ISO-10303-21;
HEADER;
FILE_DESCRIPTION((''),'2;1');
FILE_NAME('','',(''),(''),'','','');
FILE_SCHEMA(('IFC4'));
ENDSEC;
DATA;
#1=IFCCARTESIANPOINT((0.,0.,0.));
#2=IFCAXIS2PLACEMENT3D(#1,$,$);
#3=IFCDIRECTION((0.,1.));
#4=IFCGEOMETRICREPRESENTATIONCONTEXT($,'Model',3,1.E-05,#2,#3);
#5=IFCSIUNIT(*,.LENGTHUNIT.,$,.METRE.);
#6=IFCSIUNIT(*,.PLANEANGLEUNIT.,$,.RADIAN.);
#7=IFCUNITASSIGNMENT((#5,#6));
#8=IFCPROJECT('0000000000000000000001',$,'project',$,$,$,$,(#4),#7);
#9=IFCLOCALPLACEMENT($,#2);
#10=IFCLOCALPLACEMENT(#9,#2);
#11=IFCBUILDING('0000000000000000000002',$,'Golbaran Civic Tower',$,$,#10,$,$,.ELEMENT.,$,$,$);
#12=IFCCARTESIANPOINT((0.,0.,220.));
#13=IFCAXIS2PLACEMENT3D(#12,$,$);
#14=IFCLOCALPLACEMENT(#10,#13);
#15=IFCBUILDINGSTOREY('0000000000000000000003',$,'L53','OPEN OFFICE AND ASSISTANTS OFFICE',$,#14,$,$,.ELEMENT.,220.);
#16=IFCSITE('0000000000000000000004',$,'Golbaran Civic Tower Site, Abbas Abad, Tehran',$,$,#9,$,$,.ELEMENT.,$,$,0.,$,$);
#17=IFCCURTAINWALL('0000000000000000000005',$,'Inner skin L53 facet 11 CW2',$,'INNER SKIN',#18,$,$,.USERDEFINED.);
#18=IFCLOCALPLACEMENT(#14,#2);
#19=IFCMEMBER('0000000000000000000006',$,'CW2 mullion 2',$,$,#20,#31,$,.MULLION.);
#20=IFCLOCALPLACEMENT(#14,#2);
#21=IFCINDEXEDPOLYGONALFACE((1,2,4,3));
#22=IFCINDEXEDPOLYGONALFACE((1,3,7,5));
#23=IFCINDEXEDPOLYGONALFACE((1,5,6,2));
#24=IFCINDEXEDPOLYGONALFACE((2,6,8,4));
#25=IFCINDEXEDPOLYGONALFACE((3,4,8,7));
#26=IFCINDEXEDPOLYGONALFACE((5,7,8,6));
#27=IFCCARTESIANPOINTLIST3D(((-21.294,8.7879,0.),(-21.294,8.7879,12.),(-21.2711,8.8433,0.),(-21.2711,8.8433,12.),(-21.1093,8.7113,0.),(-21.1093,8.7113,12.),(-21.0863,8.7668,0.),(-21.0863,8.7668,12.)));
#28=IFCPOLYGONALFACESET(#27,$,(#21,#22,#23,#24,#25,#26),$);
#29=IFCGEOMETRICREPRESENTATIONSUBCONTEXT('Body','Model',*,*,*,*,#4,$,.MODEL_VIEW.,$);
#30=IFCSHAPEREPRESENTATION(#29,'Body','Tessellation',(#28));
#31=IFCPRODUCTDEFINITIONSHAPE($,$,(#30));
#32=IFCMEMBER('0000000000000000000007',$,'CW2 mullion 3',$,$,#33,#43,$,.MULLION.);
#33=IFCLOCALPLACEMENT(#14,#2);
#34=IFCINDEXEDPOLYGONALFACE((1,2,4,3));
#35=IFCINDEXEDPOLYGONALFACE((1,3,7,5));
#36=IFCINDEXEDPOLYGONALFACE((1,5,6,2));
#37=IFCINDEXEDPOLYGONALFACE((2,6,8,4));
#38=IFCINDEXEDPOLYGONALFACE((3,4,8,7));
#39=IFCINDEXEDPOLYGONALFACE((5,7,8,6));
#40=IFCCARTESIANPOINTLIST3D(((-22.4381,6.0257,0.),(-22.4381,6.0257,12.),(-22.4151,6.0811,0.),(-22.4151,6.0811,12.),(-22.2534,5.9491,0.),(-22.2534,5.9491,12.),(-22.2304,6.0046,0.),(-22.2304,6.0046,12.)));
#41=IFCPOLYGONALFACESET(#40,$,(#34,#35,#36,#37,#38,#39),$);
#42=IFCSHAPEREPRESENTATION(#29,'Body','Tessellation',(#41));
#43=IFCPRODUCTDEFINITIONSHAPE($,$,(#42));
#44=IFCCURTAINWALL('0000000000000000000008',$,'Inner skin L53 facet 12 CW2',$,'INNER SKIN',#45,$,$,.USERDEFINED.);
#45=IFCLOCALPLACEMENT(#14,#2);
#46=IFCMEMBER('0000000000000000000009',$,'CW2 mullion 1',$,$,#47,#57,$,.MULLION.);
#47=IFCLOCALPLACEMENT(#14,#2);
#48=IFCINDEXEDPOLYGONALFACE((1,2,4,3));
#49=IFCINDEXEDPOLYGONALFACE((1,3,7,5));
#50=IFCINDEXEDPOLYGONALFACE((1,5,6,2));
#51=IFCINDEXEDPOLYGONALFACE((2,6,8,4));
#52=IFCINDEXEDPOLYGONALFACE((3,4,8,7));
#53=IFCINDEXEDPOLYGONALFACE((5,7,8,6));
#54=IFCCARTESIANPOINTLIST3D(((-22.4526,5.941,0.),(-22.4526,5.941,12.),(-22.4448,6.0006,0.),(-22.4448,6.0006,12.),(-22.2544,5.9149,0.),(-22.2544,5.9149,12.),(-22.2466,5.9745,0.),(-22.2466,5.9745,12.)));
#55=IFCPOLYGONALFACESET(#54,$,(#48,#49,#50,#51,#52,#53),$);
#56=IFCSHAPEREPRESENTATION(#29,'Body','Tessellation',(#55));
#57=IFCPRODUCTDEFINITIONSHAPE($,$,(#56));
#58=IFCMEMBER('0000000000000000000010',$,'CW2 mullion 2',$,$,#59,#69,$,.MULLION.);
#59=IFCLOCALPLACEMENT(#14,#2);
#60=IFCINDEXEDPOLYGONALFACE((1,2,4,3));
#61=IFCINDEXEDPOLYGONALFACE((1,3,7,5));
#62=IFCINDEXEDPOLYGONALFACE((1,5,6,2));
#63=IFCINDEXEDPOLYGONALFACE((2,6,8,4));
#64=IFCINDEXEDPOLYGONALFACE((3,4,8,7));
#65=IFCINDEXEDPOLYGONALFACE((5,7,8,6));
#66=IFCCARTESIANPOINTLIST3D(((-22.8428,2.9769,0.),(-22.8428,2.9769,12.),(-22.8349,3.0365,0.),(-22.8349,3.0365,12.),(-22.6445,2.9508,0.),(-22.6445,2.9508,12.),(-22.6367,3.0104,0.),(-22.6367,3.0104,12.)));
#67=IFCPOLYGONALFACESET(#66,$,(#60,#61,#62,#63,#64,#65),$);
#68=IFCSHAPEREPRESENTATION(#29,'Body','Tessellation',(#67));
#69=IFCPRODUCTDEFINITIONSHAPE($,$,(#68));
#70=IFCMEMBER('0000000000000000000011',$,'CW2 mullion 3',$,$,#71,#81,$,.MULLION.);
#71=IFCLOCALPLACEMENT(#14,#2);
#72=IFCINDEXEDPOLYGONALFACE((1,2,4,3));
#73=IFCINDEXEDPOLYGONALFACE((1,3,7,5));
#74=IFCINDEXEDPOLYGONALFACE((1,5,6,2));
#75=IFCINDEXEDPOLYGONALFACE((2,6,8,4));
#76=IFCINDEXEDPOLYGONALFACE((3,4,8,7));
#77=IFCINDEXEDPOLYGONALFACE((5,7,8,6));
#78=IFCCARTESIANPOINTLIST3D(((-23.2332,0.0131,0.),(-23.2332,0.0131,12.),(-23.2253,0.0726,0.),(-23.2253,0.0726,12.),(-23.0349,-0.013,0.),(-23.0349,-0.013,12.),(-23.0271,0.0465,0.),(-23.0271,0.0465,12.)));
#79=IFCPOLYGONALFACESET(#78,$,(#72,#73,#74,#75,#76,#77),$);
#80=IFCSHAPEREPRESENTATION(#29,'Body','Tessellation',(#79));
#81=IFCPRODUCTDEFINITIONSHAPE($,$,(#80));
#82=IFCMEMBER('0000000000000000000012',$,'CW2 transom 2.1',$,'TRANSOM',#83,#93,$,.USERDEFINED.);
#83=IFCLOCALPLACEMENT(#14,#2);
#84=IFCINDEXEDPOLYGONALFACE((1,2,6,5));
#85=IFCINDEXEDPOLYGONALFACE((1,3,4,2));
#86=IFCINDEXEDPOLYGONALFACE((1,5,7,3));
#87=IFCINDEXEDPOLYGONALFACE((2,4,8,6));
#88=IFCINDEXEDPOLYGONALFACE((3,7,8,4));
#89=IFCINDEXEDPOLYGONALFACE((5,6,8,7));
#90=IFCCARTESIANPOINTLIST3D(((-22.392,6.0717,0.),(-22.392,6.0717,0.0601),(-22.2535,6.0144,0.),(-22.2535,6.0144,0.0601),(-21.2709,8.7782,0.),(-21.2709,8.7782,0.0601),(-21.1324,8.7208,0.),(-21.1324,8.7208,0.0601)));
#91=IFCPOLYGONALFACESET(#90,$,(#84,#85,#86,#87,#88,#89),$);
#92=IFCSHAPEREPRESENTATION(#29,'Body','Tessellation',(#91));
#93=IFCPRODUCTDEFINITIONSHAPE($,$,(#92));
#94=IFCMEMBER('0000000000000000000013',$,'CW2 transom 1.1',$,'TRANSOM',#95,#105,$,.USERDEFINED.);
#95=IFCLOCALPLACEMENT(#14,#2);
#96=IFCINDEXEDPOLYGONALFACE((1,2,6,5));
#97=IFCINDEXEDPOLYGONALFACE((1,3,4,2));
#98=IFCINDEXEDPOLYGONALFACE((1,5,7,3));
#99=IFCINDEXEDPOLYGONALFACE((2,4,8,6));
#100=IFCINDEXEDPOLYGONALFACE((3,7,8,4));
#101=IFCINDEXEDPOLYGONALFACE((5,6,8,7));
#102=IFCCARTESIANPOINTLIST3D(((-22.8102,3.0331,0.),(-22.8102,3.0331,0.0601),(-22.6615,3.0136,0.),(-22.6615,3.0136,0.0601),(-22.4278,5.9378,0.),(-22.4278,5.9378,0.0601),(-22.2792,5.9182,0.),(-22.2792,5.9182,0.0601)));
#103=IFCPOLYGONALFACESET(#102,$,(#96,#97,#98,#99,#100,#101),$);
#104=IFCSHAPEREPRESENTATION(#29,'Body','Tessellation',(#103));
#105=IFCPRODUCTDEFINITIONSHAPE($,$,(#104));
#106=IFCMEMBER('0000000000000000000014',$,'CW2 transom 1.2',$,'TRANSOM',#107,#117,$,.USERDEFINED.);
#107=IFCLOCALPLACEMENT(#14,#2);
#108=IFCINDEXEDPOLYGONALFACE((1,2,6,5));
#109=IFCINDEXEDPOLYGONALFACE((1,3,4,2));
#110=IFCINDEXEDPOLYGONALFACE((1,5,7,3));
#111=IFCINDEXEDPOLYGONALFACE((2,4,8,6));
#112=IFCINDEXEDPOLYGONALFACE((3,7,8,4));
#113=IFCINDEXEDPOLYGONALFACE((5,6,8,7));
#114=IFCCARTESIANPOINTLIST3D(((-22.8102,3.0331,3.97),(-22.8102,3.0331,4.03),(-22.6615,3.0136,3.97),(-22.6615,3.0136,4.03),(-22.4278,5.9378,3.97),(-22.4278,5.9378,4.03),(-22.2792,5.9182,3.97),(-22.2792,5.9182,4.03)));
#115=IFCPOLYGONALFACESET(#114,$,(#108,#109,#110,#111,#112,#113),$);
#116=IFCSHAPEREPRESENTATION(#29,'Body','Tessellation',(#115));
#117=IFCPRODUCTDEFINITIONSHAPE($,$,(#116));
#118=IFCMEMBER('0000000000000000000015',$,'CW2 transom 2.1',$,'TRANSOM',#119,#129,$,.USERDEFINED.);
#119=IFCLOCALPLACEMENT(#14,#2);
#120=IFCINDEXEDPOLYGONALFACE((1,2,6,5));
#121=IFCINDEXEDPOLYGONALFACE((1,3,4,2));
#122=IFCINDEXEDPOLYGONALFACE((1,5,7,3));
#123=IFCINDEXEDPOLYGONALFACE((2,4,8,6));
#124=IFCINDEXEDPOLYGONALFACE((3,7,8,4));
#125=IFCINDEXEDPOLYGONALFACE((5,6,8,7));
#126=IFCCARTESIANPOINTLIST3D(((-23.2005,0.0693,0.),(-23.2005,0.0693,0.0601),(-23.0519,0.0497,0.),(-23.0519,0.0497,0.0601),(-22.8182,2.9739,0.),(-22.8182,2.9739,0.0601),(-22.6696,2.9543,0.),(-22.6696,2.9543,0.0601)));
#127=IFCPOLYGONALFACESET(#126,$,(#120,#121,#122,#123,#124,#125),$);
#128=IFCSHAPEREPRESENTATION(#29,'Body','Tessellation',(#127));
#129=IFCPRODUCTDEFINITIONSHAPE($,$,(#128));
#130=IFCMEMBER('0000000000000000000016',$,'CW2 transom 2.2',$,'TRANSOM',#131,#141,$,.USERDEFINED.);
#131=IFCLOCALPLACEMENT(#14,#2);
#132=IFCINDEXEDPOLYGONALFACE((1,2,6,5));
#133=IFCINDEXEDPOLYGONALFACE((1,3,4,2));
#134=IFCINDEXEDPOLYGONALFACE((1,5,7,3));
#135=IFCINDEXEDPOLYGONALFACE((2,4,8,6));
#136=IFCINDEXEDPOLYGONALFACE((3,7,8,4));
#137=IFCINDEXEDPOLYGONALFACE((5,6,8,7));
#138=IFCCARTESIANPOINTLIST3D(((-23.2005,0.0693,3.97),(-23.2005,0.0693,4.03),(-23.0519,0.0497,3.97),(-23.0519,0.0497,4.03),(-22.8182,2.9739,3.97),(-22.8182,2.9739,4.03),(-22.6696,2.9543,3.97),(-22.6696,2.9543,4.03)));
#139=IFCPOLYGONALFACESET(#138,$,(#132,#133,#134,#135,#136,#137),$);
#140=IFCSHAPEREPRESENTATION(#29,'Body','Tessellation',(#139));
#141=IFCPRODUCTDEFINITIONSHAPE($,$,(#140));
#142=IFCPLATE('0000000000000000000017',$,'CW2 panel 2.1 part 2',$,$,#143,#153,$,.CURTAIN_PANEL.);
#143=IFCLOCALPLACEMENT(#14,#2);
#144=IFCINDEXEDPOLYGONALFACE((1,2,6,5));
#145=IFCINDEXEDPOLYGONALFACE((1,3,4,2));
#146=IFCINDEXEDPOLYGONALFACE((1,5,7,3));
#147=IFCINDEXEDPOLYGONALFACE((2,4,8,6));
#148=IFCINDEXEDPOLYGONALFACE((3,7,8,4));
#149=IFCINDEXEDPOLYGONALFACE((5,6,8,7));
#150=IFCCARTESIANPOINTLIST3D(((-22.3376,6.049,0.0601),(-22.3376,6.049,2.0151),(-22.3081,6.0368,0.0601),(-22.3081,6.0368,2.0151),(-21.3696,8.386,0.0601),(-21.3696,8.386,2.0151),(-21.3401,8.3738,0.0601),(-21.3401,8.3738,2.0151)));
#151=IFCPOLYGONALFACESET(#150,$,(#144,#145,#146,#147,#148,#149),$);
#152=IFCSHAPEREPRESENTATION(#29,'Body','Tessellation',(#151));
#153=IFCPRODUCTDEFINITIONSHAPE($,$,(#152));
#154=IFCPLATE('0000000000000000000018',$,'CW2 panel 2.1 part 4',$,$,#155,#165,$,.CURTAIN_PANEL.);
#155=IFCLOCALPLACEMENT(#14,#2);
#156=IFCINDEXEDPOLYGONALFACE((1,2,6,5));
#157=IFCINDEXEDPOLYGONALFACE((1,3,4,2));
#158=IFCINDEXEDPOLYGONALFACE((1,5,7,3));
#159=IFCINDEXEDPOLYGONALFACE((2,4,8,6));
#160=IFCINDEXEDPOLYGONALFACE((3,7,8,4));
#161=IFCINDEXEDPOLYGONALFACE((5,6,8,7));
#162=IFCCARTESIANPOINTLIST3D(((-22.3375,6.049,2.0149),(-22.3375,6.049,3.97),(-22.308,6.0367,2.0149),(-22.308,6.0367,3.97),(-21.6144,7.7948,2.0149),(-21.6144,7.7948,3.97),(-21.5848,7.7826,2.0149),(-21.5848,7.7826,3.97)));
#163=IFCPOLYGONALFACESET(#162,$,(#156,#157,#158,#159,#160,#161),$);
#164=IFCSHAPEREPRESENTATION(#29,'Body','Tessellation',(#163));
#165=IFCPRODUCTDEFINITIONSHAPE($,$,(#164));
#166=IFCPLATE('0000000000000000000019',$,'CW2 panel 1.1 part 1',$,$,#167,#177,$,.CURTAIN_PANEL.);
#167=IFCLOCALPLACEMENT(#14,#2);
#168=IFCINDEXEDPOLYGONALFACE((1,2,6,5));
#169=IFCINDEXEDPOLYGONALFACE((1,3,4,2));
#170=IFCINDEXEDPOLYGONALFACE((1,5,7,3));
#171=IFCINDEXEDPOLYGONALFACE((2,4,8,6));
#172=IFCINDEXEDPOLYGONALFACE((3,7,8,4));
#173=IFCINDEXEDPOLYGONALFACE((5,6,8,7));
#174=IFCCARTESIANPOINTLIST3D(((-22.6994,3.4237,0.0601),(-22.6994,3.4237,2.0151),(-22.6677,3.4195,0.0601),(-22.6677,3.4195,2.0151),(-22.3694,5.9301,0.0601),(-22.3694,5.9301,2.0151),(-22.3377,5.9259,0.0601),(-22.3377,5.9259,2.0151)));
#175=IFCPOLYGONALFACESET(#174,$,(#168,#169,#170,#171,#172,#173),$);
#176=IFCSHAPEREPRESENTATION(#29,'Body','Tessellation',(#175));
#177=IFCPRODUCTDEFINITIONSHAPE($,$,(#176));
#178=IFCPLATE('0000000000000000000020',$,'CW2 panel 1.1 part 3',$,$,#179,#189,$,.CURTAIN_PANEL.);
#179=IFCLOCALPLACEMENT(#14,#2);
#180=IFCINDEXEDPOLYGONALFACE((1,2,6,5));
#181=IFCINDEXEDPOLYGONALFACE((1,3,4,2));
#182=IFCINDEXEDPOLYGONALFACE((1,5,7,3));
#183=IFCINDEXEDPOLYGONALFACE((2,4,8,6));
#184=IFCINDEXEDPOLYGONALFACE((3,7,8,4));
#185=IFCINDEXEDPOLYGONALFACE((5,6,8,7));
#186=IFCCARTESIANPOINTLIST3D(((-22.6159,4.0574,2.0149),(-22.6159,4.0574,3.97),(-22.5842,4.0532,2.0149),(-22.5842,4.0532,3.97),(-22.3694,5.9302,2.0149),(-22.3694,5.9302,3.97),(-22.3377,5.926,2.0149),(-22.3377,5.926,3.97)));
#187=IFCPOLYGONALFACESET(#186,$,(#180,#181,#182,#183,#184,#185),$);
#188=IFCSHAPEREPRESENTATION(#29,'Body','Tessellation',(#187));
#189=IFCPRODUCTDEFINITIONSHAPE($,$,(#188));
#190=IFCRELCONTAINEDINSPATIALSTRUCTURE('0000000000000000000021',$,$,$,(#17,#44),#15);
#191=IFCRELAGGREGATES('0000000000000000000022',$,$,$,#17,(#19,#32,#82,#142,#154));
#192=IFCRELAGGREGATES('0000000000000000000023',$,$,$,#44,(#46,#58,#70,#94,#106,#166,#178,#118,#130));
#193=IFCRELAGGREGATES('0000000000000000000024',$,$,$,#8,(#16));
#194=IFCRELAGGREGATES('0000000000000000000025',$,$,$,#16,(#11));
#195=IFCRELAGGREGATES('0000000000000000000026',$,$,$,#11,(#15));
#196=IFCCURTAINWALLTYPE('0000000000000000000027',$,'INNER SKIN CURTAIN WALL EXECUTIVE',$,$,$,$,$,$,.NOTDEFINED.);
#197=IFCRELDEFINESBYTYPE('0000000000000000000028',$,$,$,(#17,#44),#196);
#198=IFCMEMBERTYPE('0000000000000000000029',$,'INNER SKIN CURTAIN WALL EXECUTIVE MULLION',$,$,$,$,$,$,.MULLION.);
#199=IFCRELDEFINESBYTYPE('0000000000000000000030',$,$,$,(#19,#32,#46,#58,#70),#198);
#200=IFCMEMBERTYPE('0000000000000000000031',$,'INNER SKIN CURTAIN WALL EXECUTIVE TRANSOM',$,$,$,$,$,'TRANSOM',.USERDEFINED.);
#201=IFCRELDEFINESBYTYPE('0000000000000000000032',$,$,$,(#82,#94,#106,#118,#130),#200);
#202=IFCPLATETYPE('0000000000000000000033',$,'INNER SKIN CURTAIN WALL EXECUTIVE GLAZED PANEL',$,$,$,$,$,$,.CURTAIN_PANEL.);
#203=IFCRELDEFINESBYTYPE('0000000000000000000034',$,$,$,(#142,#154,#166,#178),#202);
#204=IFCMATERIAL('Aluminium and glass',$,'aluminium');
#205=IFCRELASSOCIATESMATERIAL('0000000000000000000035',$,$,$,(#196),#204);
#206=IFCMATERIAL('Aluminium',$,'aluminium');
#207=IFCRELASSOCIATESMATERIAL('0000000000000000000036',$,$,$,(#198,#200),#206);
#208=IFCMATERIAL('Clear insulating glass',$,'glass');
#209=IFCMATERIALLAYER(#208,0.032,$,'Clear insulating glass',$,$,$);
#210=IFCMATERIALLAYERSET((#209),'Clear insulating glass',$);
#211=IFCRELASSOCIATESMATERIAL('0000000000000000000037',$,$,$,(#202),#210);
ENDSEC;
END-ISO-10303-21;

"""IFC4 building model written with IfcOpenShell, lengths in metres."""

from ifc_helpers import new_model, si_unit, direction, frame, origin, origin_2d, place, context, subcontext, project, spatial, rectangle, extrude, material, layer, layer_set, material_profile, profile_set, type_object, element, aggregate, save


model = new_model("IFC4")

# Units and contexts
model_context = context("Model", 3, precision=1e-05, world=origin(), true_north=direction((0.0, 1.0)))
body_context = subcontext(model_context, "Body", "Model", "MODEL_VIEW")
ifc_project = project(units=[si_unit("LENGTHUNIT", "METRE"), si_unit("PLANEANGLEUNIT", "RADIAN")], contexts=[model_context])

# Site, building, storey
site_placement = place(None, origin())
site = spatial("IfcSite", under=ifc_project, at=site_placement, Name="Golbaran Civic Tower Site, Abbas Abad, Tehran", CompositionType="ELEMENT", RefElevation=0.0)
building_placement = place(site_placement, origin())
building = spatial("IfcBuilding", under=site, at=building_placement, Name="Golbaran Civic Tower", CompositionType="ELEMENT")
storey_placement = place(building_placement, frame((0.0, 0.0, 220.0)))
storey = spatial("IfcBuildingStorey", under=building, at=storey_placement, Name="L53", Description="OPEN OFFICE AND ASSISTANTS OFFICE", CompositionType="ELEMENT", Elevation=220.0)

# Curtain walls, members
ifc_material_1 = material(Name="Aluminium and glass", Category="aluminium")
curtain_wall_type = type_object("IfcCurtainWallType", Name="INNER SKIN CURTAIN WALL EXECUTIVE", PredefinedType="NOTDEFINED", material=ifc_material_1)
curtain_wall_1_placement = place(storey_placement, origin())
curtain_wall_1 = element("IfcCurtainWall", 1, at=curtain_wall_1_placement, inside=storey, type_object=curtain_wall_type, Name="Inner skin L53 facet 11 CW2", ObjectType="INNER SKIN", PredefinedType="USERDEFINED")
ifc_material_2 = material(Name="Aluminium", Category="aluminium")
ifc_material_profile_1 = material_profile(ifc_material_2, rectangle(XDim=0.2, YDim=0.0601, at=origin_2d()), Name="INNER SKIN CURTAIN WALL EXECUTIVE MULLION")
ifc_profile_set_1 = profile_set([ifc_material_profile_1], Name="Aluminium")
member_type_1 = type_object("IfcMemberType", Name="INNER SKIN CURTAIN WALL EXECUTIVE MULLION", PredefinedType="MULLION", material=ifc_profile_set_1)
member_1_placement = place(storey_placement, frame((-21.1902, 8.7773, 0.0), z_axis=(0.0, 0.0, 1.0), x_axis=(0.92388, -0.382683, 0.0)))
member_1 = element("IfcMember", 2, at=member_1_placement, type_object=member_type_1, Name="CW2 mullion 2", PredefinedType="MULLION", context=body_context, shape_type="SweptSolid", body=[
    extrude(rectangle(XDim=0.2, YDim=0.0601, at=origin_2d()), origin(), (0.0, 0.0, 1.0), 12.0),
])
member_2_placement = place(storey_placement, frame((-22.3342, 6.0151, 0.0), z_axis=(0.0, 0.0, 1.0), x_axis=(0.92388, -0.382683, 0.0)))
member_2 = element("IfcMember", 3, at=member_2_placement, type_object=member_type_1, Name="CW2 mullion 3", PredefinedType="MULLION", context=body_context, shape_type="SweptSolid", body=[
    extrude(rectangle(XDim=0.2, YDim=0.0601, at=origin_2d()), origin(), (0.0, 0.0, 1.0), 12.0),
])
curtain_wall_2_placement = place(storey_placement, origin())
curtain_wall_2 = element("IfcCurtainWall", 4, at=curtain_wall_2_placement, inside=storey, type_object=curtain_wall_type, Name="Inner skin L53 facet 12 CW2", ObjectType="INNER SKIN", PredefinedType="USERDEFINED")
member_3_placement = place(storey_placement, frame((-22.3496, 5.9578, 0.0), z_axis=(0.0, 0.0, 1.0), x_axis=(0.991445, -0.130526, 0.0)))
member_3 = element("IfcMember", 5, at=member_3_placement, type_object=member_type_1, Name="CW2 mullion 1", PredefinedType="MULLION", context=body_context, shape_type="SweptSolid", body=[
    extrude(rectangle(XDim=0.2, YDim=0.0601, at=origin_2d()), origin(), (0.0, 0.0, 1.0), 12.0),
])
member_4_placement = place(storey_placement, frame((-22.7397, 2.9937, 0.0), z_axis=(0.0, 0.0, 1.0), x_axis=(0.991445, -0.130526, 0.0)))
member_4 = element("IfcMember", 6, at=member_4_placement, type_object=member_type_1, Name="CW2 mullion 2", PredefinedType="MULLION", context=body_context, shape_type="SweptSolid", body=[
    extrude(rectangle(XDim=0.2, YDim=0.0601, at=origin_2d()), origin(), (0.0, 0.0, 1.0), 12.0),
])
member_5_placement = place(storey_placement, frame((-23.1301, 0.0298, 0.0), z_axis=(0.0, 0.0, 1.0), x_axis=(0.991445, -0.130526, 0.0)))
member_5 = element("IfcMember", 7, at=member_5_placement, type_object=member_type_1, Name="CW2 mullion 3", PredefinedType="MULLION", context=body_context, shape_type="SweptSolid", body=[
    extrude(rectangle(XDim=0.2, YDim=0.0601, at=origin_2d()), origin(), (0.0, 0.0, 1.0), 12.0),
])

# Members
ifc_material_profile_2 = material_profile(ifc_material_2, rectangle(XDim=0.1499, YDim=0.0601, at=origin_2d()), Name="INNER SKIN CURTAIN WALL EXECUTIVE TRANSOM")
ifc_profile_set_2 = profile_set([ifc_material_profile_2], Name="Aluminium")
member_type_2 = type_object("IfcMemberType", Name="INNER SKIN CURTAIN WALL EXECUTIVE TRANSOM", ElementType="TRANSOM", PredefinedType="USERDEFINED", material=ifc_profile_set_2)
member_6_placement = place(storey_placement, frame((-21.2017, 8.7495, 0.03), z_axis=(-0.382685, -0.923879, 0.0), x_axis=(0.923879, -0.382685, 0.0)))
member_6 = element("IfcMember", 8, at=member_6_placement, type_object=member_type_2, Name="CW2 transom 2.1", ObjectType="TRANSOM", PredefinedType="USERDEFINED", context=body_context, shape_type="SweptSolid", body=[
    extrude(rectangle(XDim=0.1499, YDim=0.0601, at=origin_2d()), origin(), (0.0, 0.0, 1.0), 2.9294),
])
member_7_placement = place(storey_placement, frame((-22.3535, 5.928, 0.03), z_axis=(-0.130504, -0.991448, 0.0), x_axis=(0.991448, -0.130504, 0.0)))
member_7 = element("IfcMember", 9, at=member_7_placement, type_object=member_type_2, Name="CW2 transom 1.1", ObjectType="TRANSOM", PredefinedType="USERDEFINED", context=body_context, shape_type="SweptSolid", body=[
    extrude(rectangle(XDim=0.1499, YDim=0.0601, at=origin_2d()), origin(), (0.0, 0.0, 1.0), 2.9297),
])
member_8_placement = place(storey_placement, frame((-22.3535, 5.928, 4.0), z_axis=(-0.130504, -0.991448, 0.0), x_axis=(0.991448, -0.130504, 0.0)))
member_8 = element("IfcMember", 10, at=member_8_placement, type_object=member_type_2, Name="CW2 transom 1.2", ObjectType="TRANSOM", PredefinedType="USERDEFINED", context=body_context, shape_type="SweptSolid", body=[
    extrude(rectangle(XDim=0.1499, YDim=0.0601, at=origin_2d()), origin(), (0.0, 0.0, 1.0), 2.9297),
])
member_9_placement = place(storey_placement, frame((-22.7439, 2.9641, 0.03), z_axis=(-0.130504, -0.991448, 0.0), x_axis=(0.991448, -0.130504, 0.0)))
member_9 = element("IfcMember", 11, at=member_9_placement, type_object=member_type_2, Name="CW2 transom 2.1", ObjectType="TRANSOM", PredefinedType="USERDEFINED", context=body_context, shape_type="SweptSolid", body=[
    extrude(rectangle(XDim=0.1499, YDim=0.0601, at=origin_2d()), origin(), (0.0, 0.0, 1.0), 2.9297),
])
member_10_placement = place(storey_placement, frame((-22.7439, 2.9641, 4.0), z_axis=(-0.130504, -0.991448, 0.0), x_axis=(0.991448, -0.130504, 0.0)))
member_10 = element("IfcMember", 12, at=member_10_placement, type_object=member_type_2, Name="CW2 transom 2.2", ObjectType="TRANSOM", PredefinedType="USERDEFINED", context=body_context, shape_type="SweptSolid", body=[
    extrude(rectangle(XDim=0.1499, YDim=0.0601, at=origin_2d()), origin(), (0.0, 0.0, 1.0), 2.9297),
])

# Plates
ifc_material_3 = material(Name="Clear insulating glass", Category="glass")
ifc_layer_1 = layer(ifc_material_3, 0.032, Name="Clear insulating glass")
ifc_layer_set_1 = layer_set([ifc_layer_1], Name="Clear insulating glass")
plate_type_1 = type_object("IfcPlateType", Name="INNER SKIN CURTAIN WALL EXECUTIVE GLAZED PANEL", PredefinedType="CURTAIN_PANEL", material=ifc_layer_set_1)
plate_1_placement = place(storey_placement, frame((-21.8389, 7.2114, 0.0601), z_axis=(0.0, 0.0, 1.0), x_axis=(-0.382683, -0.92388, 0.0)))
plate_1 = element("IfcPlate", 13, at=plate_1_placement, type_object=plate_type_1, Name="CW2 panel 2.1 part 2", PredefinedType="CURTAIN_PANEL", context=body_context, shape_type="SweptSolid", body=[
    extrude(rectangle(XDim=2.5295, YDim=0.032, at=origin_2d()), origin(), (0.0, 0.0, 1.0), 1.9551),
])
plate_2_placement = place(storey_placement, frame((-21.9612, 6.9158, 2.0149), z_axis=(0.0, 0.0, 1.0), x_axis=(-0.382683, -0.92388, 0.0)))
plate_2 = element("IfcPlate", 14, at=plate_2_placement, type_object=plate_type_1, Name="CW2 panel 2.1 part 4", PredefinedType="CURTAIN_PANEL", context=body_context, shape_type="SweptSolid", body=[
    extrude(rectangle(XDim=1.8896, YDim=0.032, at=origin_2d()), origin(), (0.0, 0.0, 1.0), 1.9551),
])
plate_3_placement = place(storey_placement, frame((-22.5186, 4.6748, 0.0601), z_axis=(0.0, 0.0, 1.0), x_axis=(-0.130526, -0.991445, 0.0)))
plate_3 = element("IfcPlate", 15, at=plate_3_placement, type_object=plate_type_1, Name="CW2 panel 1.1 part 1", PredefinedType="CURTAIN_PANEL", context=body_context, shape_type="SweptSolid", body=[
    extrude(rectangle(XDim=2.5281, YDim=0.032, at=origin_2d()), origin(), (0.0, 0.0, 1.0), 1.9551),
])
plate_4_placement = place(storey_placement, frame((-22.4768, 4.9917, 2.0149), z_axis=(0.0, 0.0, 1.0), x_axis=(-0.130526, -0.991445, 0.0)))
plate_4 = element("IfcPlate", 16, at=plate_4_placement, type_object=plate_type_1, Name="CW2 panel 1.1 part 3", PredefinedType="CURTAIN_PANEL", context=body_context, shape_type="SweptSolid", body=[
    extrude(rectangle(XDim=1.8889, YDim=0.032, at=origin_2d()), origin(), (0.0, 0.0, 1.0), 1.9551),
])
aggregate(curtain_wall_1, [member_1, member_2, member_6, plate_1, plate_2])
aggregate(curtain_wall_2, [member_3, member_4, member_5, member_7, member_8, plate_3, plate_4, member_9, member_10])

save(model, "model.ifc")
